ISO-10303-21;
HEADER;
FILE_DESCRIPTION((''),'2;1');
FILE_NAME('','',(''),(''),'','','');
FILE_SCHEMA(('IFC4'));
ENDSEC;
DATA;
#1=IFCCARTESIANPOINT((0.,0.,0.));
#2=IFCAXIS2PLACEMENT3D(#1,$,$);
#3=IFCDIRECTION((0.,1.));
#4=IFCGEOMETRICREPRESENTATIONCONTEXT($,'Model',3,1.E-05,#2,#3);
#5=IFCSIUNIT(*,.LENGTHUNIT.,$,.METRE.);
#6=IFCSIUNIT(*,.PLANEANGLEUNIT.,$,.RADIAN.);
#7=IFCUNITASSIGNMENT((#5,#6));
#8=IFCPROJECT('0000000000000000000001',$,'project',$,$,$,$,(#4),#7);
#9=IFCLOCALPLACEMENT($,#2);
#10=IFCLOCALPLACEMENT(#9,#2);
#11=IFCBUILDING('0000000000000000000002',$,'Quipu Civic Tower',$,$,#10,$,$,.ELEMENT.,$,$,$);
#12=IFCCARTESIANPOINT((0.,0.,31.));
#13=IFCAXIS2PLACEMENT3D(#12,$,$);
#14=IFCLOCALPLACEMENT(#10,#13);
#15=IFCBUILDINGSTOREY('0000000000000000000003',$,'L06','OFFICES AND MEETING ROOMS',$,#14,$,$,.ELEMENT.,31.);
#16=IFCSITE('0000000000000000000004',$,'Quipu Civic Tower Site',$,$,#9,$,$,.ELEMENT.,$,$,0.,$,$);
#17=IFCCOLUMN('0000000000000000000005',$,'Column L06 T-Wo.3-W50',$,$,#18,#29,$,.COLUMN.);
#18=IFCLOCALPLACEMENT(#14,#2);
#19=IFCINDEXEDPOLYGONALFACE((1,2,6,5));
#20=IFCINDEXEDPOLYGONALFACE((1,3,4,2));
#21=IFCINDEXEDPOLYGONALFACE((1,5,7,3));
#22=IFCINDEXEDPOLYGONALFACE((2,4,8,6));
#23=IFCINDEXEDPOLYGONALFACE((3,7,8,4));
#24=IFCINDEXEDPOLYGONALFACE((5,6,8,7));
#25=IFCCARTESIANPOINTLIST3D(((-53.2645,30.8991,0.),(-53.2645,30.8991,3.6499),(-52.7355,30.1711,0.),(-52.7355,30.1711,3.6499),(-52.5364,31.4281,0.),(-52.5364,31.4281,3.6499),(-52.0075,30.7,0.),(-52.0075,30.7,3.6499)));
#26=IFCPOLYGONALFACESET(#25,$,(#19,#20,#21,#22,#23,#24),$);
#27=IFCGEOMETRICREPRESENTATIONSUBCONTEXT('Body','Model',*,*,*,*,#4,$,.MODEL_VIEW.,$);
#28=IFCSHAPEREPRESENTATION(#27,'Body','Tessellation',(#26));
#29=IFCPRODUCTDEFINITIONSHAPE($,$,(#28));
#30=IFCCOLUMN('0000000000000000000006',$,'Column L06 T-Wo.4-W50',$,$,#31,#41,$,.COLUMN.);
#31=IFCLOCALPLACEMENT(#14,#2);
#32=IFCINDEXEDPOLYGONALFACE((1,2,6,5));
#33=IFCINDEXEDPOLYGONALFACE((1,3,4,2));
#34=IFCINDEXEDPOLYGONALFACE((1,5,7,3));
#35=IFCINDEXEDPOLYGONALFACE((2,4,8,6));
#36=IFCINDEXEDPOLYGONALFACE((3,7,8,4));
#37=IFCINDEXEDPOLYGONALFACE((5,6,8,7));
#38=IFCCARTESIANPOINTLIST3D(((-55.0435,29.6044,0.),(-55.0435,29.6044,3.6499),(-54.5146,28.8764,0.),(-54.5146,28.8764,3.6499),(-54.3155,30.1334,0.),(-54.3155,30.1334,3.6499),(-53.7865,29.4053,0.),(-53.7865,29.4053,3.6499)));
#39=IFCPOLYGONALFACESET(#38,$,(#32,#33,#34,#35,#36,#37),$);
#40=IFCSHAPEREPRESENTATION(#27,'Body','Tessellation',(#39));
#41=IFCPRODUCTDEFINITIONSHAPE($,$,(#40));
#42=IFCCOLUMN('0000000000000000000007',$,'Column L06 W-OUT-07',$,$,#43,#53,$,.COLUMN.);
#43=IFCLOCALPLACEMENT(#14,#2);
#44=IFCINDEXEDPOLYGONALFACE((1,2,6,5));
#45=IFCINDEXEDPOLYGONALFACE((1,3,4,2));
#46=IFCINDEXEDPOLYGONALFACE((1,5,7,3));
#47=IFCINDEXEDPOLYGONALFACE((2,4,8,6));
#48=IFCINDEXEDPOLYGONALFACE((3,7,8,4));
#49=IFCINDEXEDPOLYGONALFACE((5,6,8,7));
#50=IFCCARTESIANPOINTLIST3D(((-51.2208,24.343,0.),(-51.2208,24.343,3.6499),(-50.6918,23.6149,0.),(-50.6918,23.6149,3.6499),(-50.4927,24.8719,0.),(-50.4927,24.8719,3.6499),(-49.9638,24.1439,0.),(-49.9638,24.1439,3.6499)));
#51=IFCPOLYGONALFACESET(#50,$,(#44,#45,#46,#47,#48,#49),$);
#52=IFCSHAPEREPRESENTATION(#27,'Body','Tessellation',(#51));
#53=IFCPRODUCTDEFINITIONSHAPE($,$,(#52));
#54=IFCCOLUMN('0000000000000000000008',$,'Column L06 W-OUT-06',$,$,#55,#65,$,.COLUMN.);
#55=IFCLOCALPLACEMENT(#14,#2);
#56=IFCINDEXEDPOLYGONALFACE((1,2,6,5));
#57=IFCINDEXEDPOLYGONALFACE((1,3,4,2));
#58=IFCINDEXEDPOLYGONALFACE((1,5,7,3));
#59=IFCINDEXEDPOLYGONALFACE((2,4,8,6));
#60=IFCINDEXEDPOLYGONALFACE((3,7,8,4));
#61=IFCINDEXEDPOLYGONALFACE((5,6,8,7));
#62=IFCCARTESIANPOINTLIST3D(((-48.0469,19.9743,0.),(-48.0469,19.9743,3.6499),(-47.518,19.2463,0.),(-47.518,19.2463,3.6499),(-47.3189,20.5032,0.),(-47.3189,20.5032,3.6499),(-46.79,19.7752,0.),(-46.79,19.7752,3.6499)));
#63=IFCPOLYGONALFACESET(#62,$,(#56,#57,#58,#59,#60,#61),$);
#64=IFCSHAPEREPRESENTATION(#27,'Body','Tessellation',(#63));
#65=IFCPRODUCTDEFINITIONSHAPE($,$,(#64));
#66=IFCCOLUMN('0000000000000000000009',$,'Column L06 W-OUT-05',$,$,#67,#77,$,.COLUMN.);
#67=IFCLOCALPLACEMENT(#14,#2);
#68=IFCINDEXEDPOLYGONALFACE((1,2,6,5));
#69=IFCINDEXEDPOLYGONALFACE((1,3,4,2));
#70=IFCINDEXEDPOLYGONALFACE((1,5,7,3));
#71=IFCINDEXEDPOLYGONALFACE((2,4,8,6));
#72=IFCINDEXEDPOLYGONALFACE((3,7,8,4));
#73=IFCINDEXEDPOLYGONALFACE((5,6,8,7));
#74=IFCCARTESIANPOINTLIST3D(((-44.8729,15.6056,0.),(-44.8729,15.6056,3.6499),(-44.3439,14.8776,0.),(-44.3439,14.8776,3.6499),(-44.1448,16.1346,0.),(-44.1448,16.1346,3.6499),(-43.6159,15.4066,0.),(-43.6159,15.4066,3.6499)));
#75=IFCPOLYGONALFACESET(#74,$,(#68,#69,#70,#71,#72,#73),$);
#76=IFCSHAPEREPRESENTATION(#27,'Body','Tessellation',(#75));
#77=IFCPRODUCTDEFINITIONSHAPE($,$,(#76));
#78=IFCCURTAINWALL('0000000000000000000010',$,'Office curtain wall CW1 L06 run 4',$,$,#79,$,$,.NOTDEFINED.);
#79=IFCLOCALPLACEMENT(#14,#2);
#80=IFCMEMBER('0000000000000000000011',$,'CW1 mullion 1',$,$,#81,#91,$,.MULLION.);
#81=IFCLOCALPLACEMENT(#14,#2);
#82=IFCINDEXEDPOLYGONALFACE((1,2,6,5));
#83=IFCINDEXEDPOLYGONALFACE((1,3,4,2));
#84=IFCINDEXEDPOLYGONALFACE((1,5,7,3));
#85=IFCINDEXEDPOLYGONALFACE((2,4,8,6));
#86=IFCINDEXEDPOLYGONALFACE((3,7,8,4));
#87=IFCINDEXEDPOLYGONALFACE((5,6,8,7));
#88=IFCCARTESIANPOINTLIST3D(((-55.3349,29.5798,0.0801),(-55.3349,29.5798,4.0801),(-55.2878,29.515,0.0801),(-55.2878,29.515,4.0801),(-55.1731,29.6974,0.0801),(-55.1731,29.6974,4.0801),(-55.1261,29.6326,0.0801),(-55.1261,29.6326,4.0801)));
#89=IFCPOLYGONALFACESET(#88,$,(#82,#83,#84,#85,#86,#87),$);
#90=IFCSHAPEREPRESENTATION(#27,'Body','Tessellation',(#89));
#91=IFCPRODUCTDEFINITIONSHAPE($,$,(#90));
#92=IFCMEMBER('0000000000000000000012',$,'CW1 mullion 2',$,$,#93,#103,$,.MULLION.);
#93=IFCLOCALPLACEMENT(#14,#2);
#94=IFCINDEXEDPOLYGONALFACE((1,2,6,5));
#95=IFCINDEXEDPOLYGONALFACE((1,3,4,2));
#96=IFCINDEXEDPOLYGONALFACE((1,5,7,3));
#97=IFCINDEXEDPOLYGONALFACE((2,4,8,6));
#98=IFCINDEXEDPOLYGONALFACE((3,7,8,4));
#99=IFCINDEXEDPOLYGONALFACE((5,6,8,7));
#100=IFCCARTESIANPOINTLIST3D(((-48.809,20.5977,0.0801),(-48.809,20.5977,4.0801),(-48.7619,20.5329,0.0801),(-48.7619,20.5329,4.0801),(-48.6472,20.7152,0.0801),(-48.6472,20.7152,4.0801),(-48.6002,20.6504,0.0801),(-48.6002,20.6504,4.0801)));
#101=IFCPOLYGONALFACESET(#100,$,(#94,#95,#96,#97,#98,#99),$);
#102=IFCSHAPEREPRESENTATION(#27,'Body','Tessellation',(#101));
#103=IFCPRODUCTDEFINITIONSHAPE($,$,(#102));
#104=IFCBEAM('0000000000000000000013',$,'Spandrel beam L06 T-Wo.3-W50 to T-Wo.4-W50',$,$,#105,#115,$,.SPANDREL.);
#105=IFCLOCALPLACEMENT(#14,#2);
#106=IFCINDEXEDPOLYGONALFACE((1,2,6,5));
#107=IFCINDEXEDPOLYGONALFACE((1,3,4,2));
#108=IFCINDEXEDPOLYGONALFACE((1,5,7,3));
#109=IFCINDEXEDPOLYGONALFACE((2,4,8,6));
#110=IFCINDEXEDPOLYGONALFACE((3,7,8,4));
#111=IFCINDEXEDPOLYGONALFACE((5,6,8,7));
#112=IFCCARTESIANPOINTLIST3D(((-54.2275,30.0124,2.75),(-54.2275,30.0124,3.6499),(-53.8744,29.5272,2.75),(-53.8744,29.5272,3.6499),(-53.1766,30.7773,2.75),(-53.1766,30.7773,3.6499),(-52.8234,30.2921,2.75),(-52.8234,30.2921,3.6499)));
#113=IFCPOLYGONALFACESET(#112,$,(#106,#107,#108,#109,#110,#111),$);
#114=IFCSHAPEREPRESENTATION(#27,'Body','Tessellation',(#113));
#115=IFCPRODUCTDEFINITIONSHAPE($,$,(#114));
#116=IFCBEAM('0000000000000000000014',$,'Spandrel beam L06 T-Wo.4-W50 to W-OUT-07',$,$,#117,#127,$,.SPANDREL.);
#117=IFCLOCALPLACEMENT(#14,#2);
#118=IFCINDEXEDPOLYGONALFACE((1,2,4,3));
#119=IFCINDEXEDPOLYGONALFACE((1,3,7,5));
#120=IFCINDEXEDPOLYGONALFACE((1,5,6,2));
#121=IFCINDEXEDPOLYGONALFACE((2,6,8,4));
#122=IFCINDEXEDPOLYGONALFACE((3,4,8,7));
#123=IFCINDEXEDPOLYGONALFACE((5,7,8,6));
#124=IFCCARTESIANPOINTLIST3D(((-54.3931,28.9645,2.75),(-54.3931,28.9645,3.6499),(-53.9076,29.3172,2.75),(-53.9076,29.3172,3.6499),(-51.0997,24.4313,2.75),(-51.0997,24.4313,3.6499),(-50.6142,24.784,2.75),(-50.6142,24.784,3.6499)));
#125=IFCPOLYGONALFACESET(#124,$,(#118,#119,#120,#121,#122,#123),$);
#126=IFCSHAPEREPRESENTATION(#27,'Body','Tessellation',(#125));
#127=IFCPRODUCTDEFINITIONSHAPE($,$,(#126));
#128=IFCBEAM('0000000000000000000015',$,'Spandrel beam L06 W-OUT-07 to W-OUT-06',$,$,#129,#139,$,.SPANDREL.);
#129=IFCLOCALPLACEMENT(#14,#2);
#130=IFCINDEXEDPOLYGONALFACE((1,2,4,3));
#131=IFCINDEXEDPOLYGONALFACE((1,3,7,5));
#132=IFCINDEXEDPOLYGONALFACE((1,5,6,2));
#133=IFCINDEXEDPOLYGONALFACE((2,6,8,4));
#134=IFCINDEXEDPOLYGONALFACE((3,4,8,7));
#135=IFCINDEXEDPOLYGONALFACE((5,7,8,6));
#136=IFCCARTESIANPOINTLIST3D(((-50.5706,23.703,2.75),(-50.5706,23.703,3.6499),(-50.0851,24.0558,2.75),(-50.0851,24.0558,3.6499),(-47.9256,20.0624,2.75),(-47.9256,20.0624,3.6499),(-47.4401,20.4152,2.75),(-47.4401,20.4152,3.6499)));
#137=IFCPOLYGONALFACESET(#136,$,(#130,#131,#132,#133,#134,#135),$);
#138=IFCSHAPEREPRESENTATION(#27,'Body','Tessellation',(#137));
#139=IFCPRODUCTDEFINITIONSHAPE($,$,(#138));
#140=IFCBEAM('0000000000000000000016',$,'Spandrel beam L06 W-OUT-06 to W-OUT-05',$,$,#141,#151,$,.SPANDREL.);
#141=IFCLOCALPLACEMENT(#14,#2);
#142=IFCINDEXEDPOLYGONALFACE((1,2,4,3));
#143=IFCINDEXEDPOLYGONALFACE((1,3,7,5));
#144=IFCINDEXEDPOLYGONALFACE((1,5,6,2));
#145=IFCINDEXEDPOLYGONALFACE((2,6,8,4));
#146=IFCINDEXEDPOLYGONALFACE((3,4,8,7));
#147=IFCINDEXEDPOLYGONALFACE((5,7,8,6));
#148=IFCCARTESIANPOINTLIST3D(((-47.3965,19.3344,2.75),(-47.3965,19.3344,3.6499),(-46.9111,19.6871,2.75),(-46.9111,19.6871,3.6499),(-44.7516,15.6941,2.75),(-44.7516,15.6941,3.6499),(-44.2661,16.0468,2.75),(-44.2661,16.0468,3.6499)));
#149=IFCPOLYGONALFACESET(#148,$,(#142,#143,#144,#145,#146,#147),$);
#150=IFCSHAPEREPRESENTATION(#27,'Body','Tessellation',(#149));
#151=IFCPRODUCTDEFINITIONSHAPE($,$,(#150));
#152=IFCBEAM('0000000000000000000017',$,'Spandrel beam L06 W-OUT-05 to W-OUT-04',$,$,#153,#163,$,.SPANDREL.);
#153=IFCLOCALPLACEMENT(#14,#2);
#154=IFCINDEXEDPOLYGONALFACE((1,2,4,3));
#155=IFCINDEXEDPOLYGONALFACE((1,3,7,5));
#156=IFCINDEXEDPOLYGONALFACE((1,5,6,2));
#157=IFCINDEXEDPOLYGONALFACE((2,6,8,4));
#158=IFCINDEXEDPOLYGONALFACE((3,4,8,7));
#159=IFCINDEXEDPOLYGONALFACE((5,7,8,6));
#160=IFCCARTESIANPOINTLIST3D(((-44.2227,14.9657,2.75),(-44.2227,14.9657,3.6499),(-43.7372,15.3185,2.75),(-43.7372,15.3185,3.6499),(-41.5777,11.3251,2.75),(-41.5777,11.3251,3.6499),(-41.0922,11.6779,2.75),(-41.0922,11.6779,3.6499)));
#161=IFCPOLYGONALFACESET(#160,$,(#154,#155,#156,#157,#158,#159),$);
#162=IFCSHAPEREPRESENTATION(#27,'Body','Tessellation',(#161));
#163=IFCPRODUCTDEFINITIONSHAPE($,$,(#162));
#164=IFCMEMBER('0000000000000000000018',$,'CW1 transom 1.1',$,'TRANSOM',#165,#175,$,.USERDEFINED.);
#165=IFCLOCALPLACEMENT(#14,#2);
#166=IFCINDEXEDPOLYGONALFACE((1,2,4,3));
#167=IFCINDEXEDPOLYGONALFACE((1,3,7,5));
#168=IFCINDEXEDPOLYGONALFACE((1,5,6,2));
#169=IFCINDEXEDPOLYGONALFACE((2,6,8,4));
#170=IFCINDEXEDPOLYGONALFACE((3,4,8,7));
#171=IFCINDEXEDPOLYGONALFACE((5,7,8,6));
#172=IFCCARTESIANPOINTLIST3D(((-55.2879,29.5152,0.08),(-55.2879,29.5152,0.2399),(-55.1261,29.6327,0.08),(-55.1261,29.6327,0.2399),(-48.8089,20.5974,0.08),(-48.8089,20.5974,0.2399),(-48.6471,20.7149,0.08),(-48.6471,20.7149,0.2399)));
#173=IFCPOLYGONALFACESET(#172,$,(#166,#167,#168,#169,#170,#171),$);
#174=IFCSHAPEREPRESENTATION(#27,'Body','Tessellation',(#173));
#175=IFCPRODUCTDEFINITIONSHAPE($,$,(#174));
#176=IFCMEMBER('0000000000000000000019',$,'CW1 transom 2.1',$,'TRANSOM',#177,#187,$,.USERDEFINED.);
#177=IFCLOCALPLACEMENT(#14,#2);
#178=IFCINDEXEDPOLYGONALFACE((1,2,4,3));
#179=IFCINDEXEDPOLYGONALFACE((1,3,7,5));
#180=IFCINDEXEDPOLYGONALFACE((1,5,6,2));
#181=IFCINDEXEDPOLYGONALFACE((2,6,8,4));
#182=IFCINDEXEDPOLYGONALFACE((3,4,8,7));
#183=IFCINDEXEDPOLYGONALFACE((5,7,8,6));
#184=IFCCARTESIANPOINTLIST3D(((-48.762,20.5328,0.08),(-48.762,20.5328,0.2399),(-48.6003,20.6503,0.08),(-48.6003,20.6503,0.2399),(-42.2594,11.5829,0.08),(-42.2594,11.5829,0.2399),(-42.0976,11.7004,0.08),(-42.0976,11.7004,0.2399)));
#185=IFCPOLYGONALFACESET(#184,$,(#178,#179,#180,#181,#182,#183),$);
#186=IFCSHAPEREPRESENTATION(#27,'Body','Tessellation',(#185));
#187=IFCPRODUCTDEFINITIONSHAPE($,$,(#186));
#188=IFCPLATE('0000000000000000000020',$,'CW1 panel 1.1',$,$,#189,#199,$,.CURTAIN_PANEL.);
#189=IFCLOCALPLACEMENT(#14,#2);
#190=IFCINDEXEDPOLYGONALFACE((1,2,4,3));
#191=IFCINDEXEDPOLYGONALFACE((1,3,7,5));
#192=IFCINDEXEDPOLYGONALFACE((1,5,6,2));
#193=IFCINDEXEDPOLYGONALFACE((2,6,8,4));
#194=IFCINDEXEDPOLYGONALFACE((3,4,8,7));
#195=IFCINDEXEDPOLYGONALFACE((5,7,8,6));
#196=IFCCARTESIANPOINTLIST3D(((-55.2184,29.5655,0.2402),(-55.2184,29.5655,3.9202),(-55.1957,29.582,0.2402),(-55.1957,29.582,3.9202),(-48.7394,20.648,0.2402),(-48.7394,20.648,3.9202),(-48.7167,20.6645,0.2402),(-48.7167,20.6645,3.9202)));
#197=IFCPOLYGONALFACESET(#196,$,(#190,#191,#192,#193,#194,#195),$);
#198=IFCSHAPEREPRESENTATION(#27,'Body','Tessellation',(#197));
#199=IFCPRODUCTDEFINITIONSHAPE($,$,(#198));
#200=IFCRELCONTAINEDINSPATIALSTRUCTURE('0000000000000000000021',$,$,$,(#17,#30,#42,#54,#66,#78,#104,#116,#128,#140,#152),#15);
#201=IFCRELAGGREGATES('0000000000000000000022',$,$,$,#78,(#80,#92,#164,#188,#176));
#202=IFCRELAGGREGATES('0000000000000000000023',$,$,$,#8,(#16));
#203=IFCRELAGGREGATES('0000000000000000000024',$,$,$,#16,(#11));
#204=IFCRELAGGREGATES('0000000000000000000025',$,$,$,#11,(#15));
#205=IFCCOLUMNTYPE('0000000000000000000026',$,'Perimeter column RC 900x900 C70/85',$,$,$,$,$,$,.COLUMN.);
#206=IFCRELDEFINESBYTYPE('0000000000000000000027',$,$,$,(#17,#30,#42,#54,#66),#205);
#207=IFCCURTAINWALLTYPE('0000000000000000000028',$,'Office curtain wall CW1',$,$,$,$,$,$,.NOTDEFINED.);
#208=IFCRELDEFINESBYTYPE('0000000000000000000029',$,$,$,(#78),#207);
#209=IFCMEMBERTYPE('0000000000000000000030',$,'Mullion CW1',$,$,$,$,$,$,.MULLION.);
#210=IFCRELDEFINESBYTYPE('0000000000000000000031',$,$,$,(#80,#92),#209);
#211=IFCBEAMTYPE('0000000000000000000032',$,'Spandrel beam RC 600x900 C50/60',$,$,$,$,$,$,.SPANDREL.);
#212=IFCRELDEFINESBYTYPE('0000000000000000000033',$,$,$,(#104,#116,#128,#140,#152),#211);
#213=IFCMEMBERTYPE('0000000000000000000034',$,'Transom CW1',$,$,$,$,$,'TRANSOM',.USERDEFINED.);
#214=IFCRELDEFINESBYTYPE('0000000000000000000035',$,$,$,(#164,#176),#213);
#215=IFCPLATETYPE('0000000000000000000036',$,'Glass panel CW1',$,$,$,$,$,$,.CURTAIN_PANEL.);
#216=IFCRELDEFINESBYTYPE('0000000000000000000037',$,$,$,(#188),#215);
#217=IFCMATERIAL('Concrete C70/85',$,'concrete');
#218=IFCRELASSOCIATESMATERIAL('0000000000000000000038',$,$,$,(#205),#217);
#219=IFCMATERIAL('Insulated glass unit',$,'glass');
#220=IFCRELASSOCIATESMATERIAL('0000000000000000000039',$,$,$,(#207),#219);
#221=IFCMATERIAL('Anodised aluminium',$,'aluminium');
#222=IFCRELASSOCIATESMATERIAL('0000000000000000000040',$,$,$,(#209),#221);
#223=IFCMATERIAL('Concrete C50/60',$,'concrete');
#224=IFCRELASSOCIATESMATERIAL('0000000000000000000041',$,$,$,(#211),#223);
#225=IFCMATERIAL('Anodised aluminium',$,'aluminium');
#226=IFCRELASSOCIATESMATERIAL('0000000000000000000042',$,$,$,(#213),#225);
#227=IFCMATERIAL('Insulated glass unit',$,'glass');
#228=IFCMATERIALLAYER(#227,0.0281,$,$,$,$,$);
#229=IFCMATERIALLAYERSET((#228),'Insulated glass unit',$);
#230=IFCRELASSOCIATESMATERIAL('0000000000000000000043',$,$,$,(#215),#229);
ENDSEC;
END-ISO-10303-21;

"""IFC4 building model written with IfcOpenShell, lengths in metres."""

from ifc_helpers import new_model, si_unit, direction, frame, origin, origin_2d, place, context, subcontext, project, spatial, rectangle, extrude, material, layer, layer_set, material_profile, profile_set, type_object, element, aggregate, save


model = new_model("IFC4")

# Units and contexts
model_context = context("Model", 3, precision=1e-05, world=origin(), true_north=direction((0.0, 1.0)))
body_context = subcontext(model_context, "Body", "Model", "MODEL_VIEW")
ifc_project = project(units=[si_unit("LENGTHUNIT", "METRE"), si_unit("PLANEANGLEUNIT", "RADIAN")], contexts=[model_context])

# Site, building, storey
site_placement = place(None, origin())
site = spatial("IfcSite", under=ifc_project, at=site_placement, Name="Quipu Civic Tower Site", CompositionType="ELEMENT", RefElevation=0.0)
building_placement = place(site_placement, origin())
building = spatial("IfcBuilding", under=site, at=building_placement, Name="Quipu Civic Tower", CompositionType="ELEMENT")
storey_placement = place(building_placement, frame((0.0, 0.0, 31.0)))
storey = spatial("IfcBuildingStorey", under=building, at=storey_placement, Name="L06", Description="OFFICES AND MEETING ROOMS", CompositionType="ELEMENT", Elevation=31.0)

# Columns
ifc_material_1 = material(Name="Concrete C70/85", Category="concrete")
ifc_material_profile_1 = material_profile(ifc_material_1, rectangle(XDim=0.8999, YDim=0.8999, at=origin_2d()), Name="RC900x900")
ifc_profile_set_1 = profile_set([ifc_material_profile_1], Name="Concrete C70/85")
column_type = type_object("IfcColumnType", Name="Perimeter column RC 900x900 C70/85", PredefinedType="COLUMN", material=ifc_profile_set_1)
for number, where, z_axis, x_axis, name in (
    (1, (-52.636, 30.7996, 0.0), (0.0, 0.0, 1.0), (-0.809017, -0.587785, 0.0), "Column L06 T-Wo.3-W50"),
    (2, (-54.415, 29.5049, 0.0), (0.0, 0.0, 1.0), (0.587785, -0.809017, 0.0), "Column L06 T-Wo.4-W50"),
    (3, (-50.5923, 24.2434, 0.0), (0.0, 0.0, 1.0), (0.587785, -0.809017, 0.0), "Column L06 W-OUT-07"),
    (4, (-47.4185, 19.8748, 0.0), (0.0, 0.0, 1.0), (0.587785, -0.809017, 0.0), "Column L06 W-OUT-06"),
    (5, (-44.2444, 15.5061, 0.0), (0.0, 0.0, 1.0), (0.587785, -0.809017, 0.0), "Column L06 W-OUT-05"),
):
    element("IfcColumn", number, at=place(storey_placement, frame(where, z_axis=z_axis, x_axis=x_axis)), inside=storey, type_object=column_type, Name=name, PredefinedType="COLUMN", context=body_context, shape_type="SweptSolid", body=[
        extrude(rectangle(XDim=0.8999, YDim=0.8999, at=origin_2d()), origin(), (0.0, 0.0, 1.0), 3.6499),
    ])

# Curtain wall, members
ifc_material_2 = material(Name="Insulated glass unit", Category="glass")
curtain_wall_type = type_object("IfcCurtainWallType", Name="Office curtain wall CW1", PredefinedType="NOTDEFINED", material=ifc_material_2)
curtain_wall_placement = place(storey_placement, origin())
curtain_wall = element("IfcCurtainWall", 6, at=curtain_wall_placement, inside=storey, type_object=curtain_wall_type, Name="Office curtain wall CW1 L06 run 4", PredefinedType="NOTDEFINED")
ifc_material_3 = material(Name="Anodised aluminium", Category="aluminium")
ifc_material_profile_2 = material_profile(ifc_material_3, rectangle(XDim=0.2, YDim=0.0801, at=origin_2d()), Name="RECT 200x80")
ifc_profile_set_2 = profile_set([ifc_material_profile_2], Name="Anodised aluminium")
member_type_1 = type_object("IfcMemberType", Name="Mullion CW1", PredefinedType="MULLION", material=ifc_profile_set_2)
member_1_placement = place(storey_placement, frame((-55.2305, 29.6062, 0.0801), z_axis=(0.0, 0.0, 1.0), x_axis=(0.809017, 0.587786, 0.0)))
member_1 = element("IfcMember", 7, at=member_1_placement, type_object=member_type_1, Name="CW1 mullion 1", PredefinedType="MULLION", context=body_context, shape_type="SweptSolid", body=[
    extrude(rectangle(XDim=0.2, YDim=0.0801, at=origin_2d()), origin(), (0.0, 0.0, 1.0), 4.0),
])
member_2_placement = place(storey_placement, frame((-48.7046, 20.624, 0.0801), z_axis=(0.0, 0.0, 1.0), x_axis=(0.809017, 0.587786, 0.0)))
member_2 = element("IfcMember", 8, at=member_2_placement, type_object=member_type_1, Name="CW1 mullion 2", PredefinedType="MULLION", context=body_context, shape_type="SweptSolid", body=[
    extrude(rectangle(XDim=0.2, YDim=0.0801, at=origin_2d()), origin(), (0.0, 0.0, 1.0), 4.0),
])

# Beams
ifc_material_4 = material(Name="Concrete C50/60", Category="concrete")
ifc_material_profile_3 = material_profile(ifc_material_4, rectangle(XDim=0.6001, YDim=0.8999, at=origin_2d()), Name="RC600x900")
ifc_profile_set_3 = profile_set([ifc_material_profile_3], Name="Concrete C50/60")
beam_type = type_object("IfcBeamType", Name="Spandrel beam RC 600x900 C50/60", PredefinedType="SPANDREL", material=ifc_profile_set_3)
beam_1_placement = place(storey_placement, frame((-53.0, 30.5347, 3.2), z_axis=(-0.808549, -0.588429, 0.0), x_axis=(0.588429, -0.808549, 0.0)))
element("IfcBeam", 9, at=beam_1_placement, inside=storey, type_object=beam_type, Name="Spandrel beam L06 T-Wo.3-W50 to T-Wo.4-W50", PredefinedType="SPANDREL", context=body_context, shape_type="SweptSolid", body=[
    extrude(rectangle(XDim=0.6001, YDim=0.8999, at=origin_2d()), origin(), (0.0, 0.0, 1.0), 1.2998),
])
beam_2_placement = place(storey_placement, frame((-54.1504, 29.1409, 3.2), z_axis=(0.587773, -0.809026, 0.0), x_axis=(0.809026, 0.587773, 0.0)))
element("IfcBeam", 10, at=beam_2_placement, inside=storey, type_object=beam_type, Name="Spandrel beam L06 T-Wo.4-W50 to W-OUT-07", PredefinedType="SPANDREL", context=body_context, shape_type="SweptSolid", body=[
    extrude(rectangle(XDim=0.6001, YDim=0.8999, at=origin_2d()), origin(), (0.0, 0.0, 1.0), 5.6033),
])
beam_3_placement = place(storey_placement, frame((-50.3279, 23.8794, 3.2), z_axis=(0.587778, -0.809022, 0.0), x_axis=(0.809022, 0.587778, 0.0)))
element("IfcBeam", 11, at=beam_3_placement, inside=storey, type_object=beam_type, Name="Spandrel beam L06 W-OUT-07 to W-OUT-06", PredefinedType="SPANDREL", context=body_context, shape_type="SweptSolid", body=[
    extrude(rectangle(XDim=0.6001, YDim=0.8999, at=origin_2d()), origin(), (0.0, 0.0, 1.0), 4.5),
])
beam_4_placement = place(storey_placement, frame((-47.1538, 19.5107, 3.2), z_axis=(0.587804, -0.809003, 0.0), x_axis=(0.809003, 0.587804, 0.0)))
element("IfcBeam", 12, at=beam_4_placement, inside=storey, type_object=beam_type, Name="Spandrel beam L06 W-OUT-06 to W-OUT-05", PredefinedType="SPANDREL", context=body_context, shape_type="SweptSolid", body=[
    extrude(rectangle(XDim=0.6001, YDim=0.8999, at=origin_2d()), origin(), (0.0, 0.0, 1.0), 4.4998),
])
beam_5_placement = place(storey_placement, frame((-43.98, 15.1421, 3.2), z_axis=(0.587778, -0.809022, 0.0), x_axis=(0.809022, 0.587778, 0.0)))
element("IfcBeam", 13, at=beam_5_placement, inside=storey, type_object=beam_type, Name="Spandrel beam L06 W-OUT-05 to W-OUT-04", PredefinedType="SPANDREL", context=body_context, shape_type="SweptSolid", body=[
    extrude(rectangle(XDim=0.6001, YDim=0.8999, at=origin_2d()), origin(), (0.0, 0.0, 1.0), 4.5),
])

# Members
ifc_material_5 = material(Name="Anodised aluminium", Category="aluminium")
ifc_material_profile_4 = material_profile(ifc_material_5, rectangle(XDim=0.2, YDim=0.1599, at=origin_2d()), Name="RECT 200x160")
ifc_profile_set_4 = profile_set([ifc_material_profile_4], Name="Anodised aluminium")
member_type_2 = type_object("IfcMemberType", Name="Transom CW1", ElementType="TRANSOM", PredefinedType="USERDEFINED", material=ifc_profile_set_4)
member_3_placement = place(storey_placement, frame((-55.207, 29.574, 0.1599), z_axis=(0.587779, -0.809021, 0.0), x_axis=(0.809021, 0.587779, 0.0)))
member_3 = element("IfcMember", 14, at=member_3_placement, type_object=member_type_2, Name="CW1 transom 1.1", ObjectType="TRANSOM", PredefinedType="USERDEFINED", context=body_context, shape_type="SweptSolid", body=[
    extrude(rectangle(XDim=0.2, YDim=0.1599, at=origin_2d()), origin(), (0.0, 0.0, 1.0), 11.0229),
])
member_4_placement = place(storey_placement, frame((-48.6812, 20.5916, 0.1599), z_axis=(0.587795, -0.80901, 0.0), x_axis=(0.80901, 0.587795, 0.0)))
member_4 = element("IfcMember", 15, at=member_4_placement, type_object=member_type_2, Name="CW1 transom 2.1", ObjectType="TRANSOM", PredefinedType="USERDEFINED", context=body_context, shape_type="SweptSolid", body=[
    extrude(rectangle(XDim=0.2, YDim=0.1599, at=origin_2d()), origin(), (0.0, 0.0, 1.0), 11.0627),
])

# Plate
ifc_material_6 = material(Name="Insulated glass unit", Category="glass")
ifc_layer_1 = layer(ifc_material_6, 0.0281)
ifc_layer_set_1 = layer_set([ifc_layer_1], Name="Insulated glass unit")
plate_type_1 = type_object("IfcPlateType", Name="Glass panel CW1", PredefinedType="CURTAIN_PANEL", material=ifc_layer_set_1)
plate_1_placement = place(storey_placement, frame((-51.9675, 25.115, 0.2402), z_axis=(0.0, 0.0, 1.0), x_axis=(0.587786, -0.809017, 0.0)))
plate_1 = element("IfcPlate", 16, at=plate_1_placement, type_object=plate_type_1, Name="CW1 panel 1.1", PredefinedType="CURTAIN_PANEL", context=body_context, shape_type="SweptSolid", body=[
    extrude(rectangle(XDim=11.0227, YDim=0.0281, at=origin_2d()), origin(), (0.0, 0.0, 1.0), 3.6799),
])
aggregate(curtain_wall, [member_1, member_2, member_3, plate_1, member_4])

save(model, "model.ifc")
